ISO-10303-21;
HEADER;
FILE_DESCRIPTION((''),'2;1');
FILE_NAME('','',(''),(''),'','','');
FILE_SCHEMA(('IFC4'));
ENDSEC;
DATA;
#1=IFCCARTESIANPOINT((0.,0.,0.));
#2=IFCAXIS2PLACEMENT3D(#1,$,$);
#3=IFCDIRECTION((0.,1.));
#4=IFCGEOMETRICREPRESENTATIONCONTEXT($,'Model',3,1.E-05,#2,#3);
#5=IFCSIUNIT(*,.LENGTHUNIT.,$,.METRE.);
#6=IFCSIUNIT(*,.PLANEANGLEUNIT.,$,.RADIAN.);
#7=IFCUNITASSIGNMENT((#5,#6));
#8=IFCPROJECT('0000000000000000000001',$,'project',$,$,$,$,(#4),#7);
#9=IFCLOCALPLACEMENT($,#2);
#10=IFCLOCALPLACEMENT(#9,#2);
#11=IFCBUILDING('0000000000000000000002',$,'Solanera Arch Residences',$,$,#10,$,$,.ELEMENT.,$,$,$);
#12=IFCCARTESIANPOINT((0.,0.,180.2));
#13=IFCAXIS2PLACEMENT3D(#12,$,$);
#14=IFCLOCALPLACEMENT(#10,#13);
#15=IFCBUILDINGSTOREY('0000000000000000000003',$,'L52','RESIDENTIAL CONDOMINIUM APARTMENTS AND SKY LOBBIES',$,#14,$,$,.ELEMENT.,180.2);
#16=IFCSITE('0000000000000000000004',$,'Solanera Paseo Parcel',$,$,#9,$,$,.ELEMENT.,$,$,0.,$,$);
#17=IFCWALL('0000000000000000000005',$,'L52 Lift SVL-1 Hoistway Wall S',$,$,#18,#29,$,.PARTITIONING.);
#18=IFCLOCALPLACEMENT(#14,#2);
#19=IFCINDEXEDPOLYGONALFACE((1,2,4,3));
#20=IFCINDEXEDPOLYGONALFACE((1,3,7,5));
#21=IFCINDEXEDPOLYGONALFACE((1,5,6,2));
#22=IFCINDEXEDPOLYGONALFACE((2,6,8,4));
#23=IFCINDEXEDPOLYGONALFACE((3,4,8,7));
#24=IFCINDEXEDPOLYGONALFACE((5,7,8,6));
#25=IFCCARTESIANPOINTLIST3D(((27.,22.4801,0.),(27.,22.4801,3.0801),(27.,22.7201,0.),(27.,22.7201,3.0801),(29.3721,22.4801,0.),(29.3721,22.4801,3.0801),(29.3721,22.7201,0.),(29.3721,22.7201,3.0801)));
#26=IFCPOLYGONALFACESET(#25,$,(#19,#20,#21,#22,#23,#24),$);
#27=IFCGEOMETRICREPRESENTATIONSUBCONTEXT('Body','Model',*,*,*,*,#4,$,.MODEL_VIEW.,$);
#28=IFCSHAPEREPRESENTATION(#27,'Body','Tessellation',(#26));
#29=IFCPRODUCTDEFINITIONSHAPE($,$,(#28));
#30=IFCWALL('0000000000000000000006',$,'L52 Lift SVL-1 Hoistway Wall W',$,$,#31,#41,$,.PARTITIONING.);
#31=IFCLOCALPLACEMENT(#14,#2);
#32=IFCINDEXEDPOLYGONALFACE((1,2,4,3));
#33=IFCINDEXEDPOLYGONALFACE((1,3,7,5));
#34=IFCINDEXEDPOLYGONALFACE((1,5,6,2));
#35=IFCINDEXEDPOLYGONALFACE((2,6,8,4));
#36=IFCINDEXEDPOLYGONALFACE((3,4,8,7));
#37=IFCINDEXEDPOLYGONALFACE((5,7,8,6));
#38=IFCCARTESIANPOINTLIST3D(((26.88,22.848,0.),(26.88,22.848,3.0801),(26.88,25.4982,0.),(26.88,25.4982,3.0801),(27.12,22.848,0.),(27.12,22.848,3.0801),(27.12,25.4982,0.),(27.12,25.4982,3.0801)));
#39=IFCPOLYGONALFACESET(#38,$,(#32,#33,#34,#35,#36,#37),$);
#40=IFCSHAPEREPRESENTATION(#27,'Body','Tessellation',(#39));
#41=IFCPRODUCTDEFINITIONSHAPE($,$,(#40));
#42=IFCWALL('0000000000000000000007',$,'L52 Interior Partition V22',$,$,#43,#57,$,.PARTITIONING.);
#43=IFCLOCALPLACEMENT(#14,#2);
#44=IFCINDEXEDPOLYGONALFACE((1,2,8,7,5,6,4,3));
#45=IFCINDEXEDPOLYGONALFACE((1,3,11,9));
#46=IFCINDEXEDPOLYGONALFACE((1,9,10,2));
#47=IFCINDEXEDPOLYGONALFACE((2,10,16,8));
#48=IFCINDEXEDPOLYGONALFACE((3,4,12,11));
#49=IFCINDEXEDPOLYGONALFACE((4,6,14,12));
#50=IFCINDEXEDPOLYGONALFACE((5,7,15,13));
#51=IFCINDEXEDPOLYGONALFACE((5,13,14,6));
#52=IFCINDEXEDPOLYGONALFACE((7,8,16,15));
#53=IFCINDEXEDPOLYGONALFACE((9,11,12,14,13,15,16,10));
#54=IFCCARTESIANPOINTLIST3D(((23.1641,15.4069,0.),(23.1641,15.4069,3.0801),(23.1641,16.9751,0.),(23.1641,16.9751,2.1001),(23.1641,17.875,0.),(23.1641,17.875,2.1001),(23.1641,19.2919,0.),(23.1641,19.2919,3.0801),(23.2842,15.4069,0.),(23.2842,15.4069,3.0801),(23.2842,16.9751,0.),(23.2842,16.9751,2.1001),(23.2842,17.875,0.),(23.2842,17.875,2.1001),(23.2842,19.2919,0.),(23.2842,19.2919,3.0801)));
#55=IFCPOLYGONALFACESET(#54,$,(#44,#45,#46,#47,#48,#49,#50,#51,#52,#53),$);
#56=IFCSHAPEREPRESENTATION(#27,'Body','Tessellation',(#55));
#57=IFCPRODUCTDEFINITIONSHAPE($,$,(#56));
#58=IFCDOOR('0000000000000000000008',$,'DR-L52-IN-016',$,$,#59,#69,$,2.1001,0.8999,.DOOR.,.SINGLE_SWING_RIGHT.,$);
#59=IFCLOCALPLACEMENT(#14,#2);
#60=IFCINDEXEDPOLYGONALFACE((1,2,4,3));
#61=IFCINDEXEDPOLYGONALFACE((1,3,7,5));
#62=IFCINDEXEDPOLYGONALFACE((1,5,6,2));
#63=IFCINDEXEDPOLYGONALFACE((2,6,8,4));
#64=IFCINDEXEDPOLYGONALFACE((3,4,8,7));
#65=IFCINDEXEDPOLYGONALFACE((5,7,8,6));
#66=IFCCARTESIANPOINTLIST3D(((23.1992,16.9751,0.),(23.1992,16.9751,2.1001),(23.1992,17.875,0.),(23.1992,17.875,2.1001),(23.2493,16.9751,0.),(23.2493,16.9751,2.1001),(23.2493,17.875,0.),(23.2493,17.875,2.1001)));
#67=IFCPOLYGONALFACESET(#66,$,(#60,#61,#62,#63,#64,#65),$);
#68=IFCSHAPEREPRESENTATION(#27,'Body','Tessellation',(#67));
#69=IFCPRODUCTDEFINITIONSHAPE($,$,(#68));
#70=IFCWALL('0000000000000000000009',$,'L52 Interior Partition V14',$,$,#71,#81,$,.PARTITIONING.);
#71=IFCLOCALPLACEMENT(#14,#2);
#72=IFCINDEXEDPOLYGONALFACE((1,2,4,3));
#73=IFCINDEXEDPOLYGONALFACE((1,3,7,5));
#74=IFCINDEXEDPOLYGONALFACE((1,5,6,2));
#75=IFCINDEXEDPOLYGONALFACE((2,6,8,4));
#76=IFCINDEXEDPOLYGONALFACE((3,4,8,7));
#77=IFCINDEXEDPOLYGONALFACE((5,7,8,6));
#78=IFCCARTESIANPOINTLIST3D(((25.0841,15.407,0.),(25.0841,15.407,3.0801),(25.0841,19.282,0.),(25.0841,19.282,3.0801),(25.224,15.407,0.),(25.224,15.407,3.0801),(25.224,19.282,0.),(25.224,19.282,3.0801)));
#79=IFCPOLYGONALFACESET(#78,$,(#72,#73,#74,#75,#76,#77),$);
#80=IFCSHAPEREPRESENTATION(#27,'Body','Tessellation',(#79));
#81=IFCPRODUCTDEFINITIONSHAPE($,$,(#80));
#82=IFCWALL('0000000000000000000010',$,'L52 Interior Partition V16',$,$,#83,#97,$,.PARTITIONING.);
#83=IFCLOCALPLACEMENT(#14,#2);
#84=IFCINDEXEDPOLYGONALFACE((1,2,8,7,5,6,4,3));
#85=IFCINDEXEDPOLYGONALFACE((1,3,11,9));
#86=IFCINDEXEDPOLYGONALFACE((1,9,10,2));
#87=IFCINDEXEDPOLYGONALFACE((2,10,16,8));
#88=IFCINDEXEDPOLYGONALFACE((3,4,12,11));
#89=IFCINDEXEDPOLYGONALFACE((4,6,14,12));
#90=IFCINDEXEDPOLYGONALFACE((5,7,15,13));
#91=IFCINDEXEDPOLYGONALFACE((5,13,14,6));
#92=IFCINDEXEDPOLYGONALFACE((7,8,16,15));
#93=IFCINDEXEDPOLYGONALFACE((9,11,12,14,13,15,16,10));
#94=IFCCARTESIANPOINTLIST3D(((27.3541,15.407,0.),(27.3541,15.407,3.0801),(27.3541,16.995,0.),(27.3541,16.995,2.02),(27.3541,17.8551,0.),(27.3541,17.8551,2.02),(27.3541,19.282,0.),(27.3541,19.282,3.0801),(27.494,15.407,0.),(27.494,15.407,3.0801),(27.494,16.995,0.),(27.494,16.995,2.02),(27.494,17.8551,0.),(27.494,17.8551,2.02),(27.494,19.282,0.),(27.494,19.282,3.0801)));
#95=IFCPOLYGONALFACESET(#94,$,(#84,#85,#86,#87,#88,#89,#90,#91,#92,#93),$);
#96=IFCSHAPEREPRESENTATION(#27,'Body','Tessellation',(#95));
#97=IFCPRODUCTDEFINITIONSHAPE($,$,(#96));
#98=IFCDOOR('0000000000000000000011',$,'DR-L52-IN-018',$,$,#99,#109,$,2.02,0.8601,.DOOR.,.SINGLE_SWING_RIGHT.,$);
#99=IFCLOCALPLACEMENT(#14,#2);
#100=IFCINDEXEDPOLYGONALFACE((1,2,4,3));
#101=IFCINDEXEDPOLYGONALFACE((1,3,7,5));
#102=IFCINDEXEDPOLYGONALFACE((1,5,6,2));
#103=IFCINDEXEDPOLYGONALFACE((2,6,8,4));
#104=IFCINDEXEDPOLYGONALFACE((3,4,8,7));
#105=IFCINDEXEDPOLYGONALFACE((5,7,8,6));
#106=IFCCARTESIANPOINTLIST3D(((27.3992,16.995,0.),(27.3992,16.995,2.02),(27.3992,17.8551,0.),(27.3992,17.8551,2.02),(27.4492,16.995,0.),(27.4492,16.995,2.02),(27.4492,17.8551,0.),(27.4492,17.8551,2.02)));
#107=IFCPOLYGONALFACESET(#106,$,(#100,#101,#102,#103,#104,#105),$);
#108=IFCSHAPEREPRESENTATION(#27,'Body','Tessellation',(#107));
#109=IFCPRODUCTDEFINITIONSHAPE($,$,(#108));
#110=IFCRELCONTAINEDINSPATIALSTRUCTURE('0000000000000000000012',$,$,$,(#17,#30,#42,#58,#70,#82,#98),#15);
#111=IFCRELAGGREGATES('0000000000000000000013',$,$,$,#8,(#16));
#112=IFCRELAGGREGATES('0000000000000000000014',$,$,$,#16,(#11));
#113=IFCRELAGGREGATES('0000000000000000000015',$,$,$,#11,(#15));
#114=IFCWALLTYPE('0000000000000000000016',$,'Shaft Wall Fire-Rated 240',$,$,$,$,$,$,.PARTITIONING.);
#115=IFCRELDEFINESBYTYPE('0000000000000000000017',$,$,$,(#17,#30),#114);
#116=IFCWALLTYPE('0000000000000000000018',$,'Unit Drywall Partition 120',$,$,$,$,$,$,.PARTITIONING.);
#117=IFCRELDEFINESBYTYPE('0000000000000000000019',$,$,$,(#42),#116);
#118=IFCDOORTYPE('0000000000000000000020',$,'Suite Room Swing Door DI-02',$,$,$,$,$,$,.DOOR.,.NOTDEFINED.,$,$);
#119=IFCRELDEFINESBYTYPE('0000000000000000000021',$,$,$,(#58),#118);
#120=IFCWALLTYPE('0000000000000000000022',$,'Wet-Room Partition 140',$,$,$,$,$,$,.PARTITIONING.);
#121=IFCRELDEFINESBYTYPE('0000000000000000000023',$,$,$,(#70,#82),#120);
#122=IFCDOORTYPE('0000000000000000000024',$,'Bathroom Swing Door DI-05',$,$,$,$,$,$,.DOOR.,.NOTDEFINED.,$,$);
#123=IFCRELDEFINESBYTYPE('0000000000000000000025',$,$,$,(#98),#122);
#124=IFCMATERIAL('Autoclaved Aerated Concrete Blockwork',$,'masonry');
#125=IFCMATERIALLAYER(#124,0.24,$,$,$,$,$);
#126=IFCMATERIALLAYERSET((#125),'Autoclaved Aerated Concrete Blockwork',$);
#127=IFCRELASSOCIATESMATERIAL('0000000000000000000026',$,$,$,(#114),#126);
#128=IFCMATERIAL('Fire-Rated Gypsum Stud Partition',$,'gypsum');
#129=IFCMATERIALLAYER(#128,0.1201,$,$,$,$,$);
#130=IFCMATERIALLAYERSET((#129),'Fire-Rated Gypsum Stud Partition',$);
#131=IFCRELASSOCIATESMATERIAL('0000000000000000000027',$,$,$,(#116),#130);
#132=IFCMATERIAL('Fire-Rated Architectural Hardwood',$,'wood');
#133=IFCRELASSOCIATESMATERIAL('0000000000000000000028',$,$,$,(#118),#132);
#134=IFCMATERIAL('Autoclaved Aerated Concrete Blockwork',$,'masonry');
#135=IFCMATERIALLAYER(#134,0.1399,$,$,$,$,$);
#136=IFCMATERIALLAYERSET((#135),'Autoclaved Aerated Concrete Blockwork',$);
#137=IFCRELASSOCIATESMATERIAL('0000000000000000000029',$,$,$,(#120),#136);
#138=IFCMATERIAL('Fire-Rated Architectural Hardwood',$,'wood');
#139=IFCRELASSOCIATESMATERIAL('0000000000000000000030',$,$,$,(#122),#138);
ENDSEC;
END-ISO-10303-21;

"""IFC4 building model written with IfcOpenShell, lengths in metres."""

from ifc_helpers import new_model, si_unit, direction, frame, frame_2d, origin, place, context, subcontext, project, spatial, rectangle, extrude, material, layer, layer_set, type_object, element, fill, save


model = new_model("IFC4")

# Units and contexts
model_context = context("Model", 3, precision=1e-05, world=origin(), true_north=direction((0.0, 1.0)))
body_context = subcontext(model_context, "Body", "Model", "MODEL_VIEW")
ifc_project = project(units=[si_unit("LENGTHUNIT", "METRE"), si_unit("PLANEANGLEUNIT", "RADIAN")], contexts=[model_context])

# Site, building, storey
site_placement = place(None, origin())
site = spatial("IfcSite", under=ifc_project, at=site_placement, Name="Solanera Paseo Parcel", CompositionType="ELEMENT", RefElevation=0.0)
building_placement = place(site_placement, origin())
building = spatial("IfcBuilding", under=site, at=building_placement, Name="Solanera Arch Residences", CompositionType="ELEMENT")
storey_placement = place(building_placement, frame((0.0, 0.0, 180.2)))
storey = spatial("IfcBuildingStorey", under=building, at=storey_placement, Name="L52", Description="RESIDENTIAL CONDOMINIUM APARTMENTS AND SKY LOBBIES", CompositionType="ELEMENT", Elevation=180.2)

# Walls
ifc_material_1 = material(Name="Autoclaved Aerated Concrete Blockwork", Category="masonry")
ifc_layer_1 = layer(ifc_material_1, 0.24)
ifc_layer_set_1 = layer_set([ifc_layer_1], Name="Autoclaved Aerated Concrete Blockwork")
wall_type_1 = type_object("IfcWallType", Name="Shaft Wall Fire-Rated 240", PredefinedType="PARTITIONING", material=ifc_layer_set_1)
wall_1_placement = place(storey_placement, frame((27.0, 22.6001, 0.0), z_axis=(0.0, 0.0, 1.0), x_axis=(1.0, 0.0, 0.0)))
element("IfcWall", 1, at=wall_1_placement, inside=storey, type_object=wall_type_1, Name="L52 Lift SVL-1 Hoistway Wall S", PredefinedType="PARTITIONING", context=body_context, shape_type="SweptSolid", body=[
    extrude(rectangle(XDim=2.3721, YDim=0.24, at=frame_2d((1.186, 0.0))), origin(), (0.0, 0.0, 1.0), 3.0801),
])
wall_2_placement = place(storey_placement, frame((27.0, 22.8479, 0.0), z_axis=(0.0, 0.0, 1.0), x_axis=(0.0, 1.0, 0.0)))
element("IfcWall", 2, at=wall_2_placement, inside=storey, type_object=wall_type_1, Name="L52 Lift SVL-1 Hoistway Wall W", PredefinedType="PARTITIONING", context=body_context, shape_type="SweptSolid", body=[
    extrude(rectangle(XDim=2.6501, YDim=0.24, at=frame_2d((1.3252, 0.0))), origin(), (0.0, 0.0, 1.0), 3.0801),
])

# Wall, opening, door
ifc_material_2 = material(Name="Fire-Rated Gypsum Stud Partition", Category="gypsum")
ifc_layer_2 = layer(ifc_material_2, 0.1201)
ifc_layer_set_2 = layer_set([ifc_layer_2], Name="Fire-Rated Gypsum Stud Partition")
wall_type_2 = type_object("IfcWallType", Name="Unit Drywall Partition 120", PredefinedType="PARTITIONING", material=ifc_layer_set_2)
wall_3_placement = place(storey_placement, frame((23.2241, 15.407, 0.0), z_axis=(0.0, 0.0, 1.0), x_axis=(0.0, 1.0, 0.0)))
wall_3 = element("IfcWall", 3, at=wall_3_placement, inside=storey, type_object=wall_type_2, Name="L52 Interior Partition V22", PredefinedType="PARTITIONING", context=body_context, shape_type="SweptSolid", body=[
    extrude(rectangle(XDim=3.885, YDim=0.1201, at=frame_2d((1.9424, 0.0))), origin(), (0.0, 0.0, 1.0), 3.0801),
])
opening_1_placement = place(wall_3_placement, frame((1.5681, 0.0, 0.0)))
opening_1 = element("IfcOpeningElement", 4, at=opening_1_placement, cuts=wall_3, PredefinedType="OPENING", context=body_context, shape_type="SweptSolid", body=[
    extrude(rectangle(XDim=0.8999, YDim=2.1001, at=frame_2d((0.45, 1.05))), frame((0.0, 0.0701, 0.0), z_axis=(0.0, -1.0, 0.0), x_axis=(1.0, 0.0, 0.0)), (0.0, 0.0, 1.0), 0.1401),
])
ifc_material_3 = material(Name="Fire-Rated Architectural Hardwood", Category="wood")
door_type_1 = type_object("IfcDoorType", Name="Suite Room Swing Door DI-02", OperationType="NOTDEFINED", PredefinedType="DOOR", material=ifc_material_3)
door_1_placement = place(opening_1_placement, origin())
door_1 = element("IfcDoor", 5, at=door_1_placement, inside=storey, type_object=door_type_1, Name="DR-L52-IN-016", OperationType="SINGLE_SWING_RIGHT", OverallHeight=2.1001, OverallWidth=0.8999, PredefinedType="DOOR", context=body_context, shape_type="SweptSolid", body=[
    extrude(rectangle(XDim=0.8999, YDim=2.1001, at=frame_2d((0.45, 1.05))), frame((0.0, 0.0249, 0.0), z_axis=(0.0, -1.0, 0.0), x_axis=(1.0, 0.0, 0.0)), (0.0, 0.0, 1.0), 0.05),
])
fill(opening_1, door_1)

# Wall
ifc_material_4 = material(Name="Autoclaved Aerated Concrete Blockwork", Category="masonry")
ifc_layer_3 = layer(ifc_material_4, 0.1399)
ifc_layer_set_3 = layer_set([ifc_layer_3], Name="Autoclaved Aerated Concrete Blockwork")
wall_type_3 = type_object("IfcWallType", Name="Wet-Room Partition 140", PredefinedType="PARTITIONING", material=ifc_layer_set_3)
wall_4_placement = place(storey_placement, frame((25.1541, 15.407, 0.0), z_axis=(0.0, 0.0, 1.0), x_axis=(0.0, 1.0, 0.0)))
element("IfcWall", 6, at=wall_4_placement, inside=storey, type_object=wall_type_3, Name="L52 Interior Partition V14", PredefinedType="PARTITIONING", context=body_context, shape_type="SweptSolid", body=[
    extrude(rectangle(XDim=3.875, YDim=0.1399, at=frame_2d((1.9375, 0.0))), origin(), (0.0, 0.0, 1.0), 3.0801),
])

# Wall, opening, door
wall_5_placement = place(storey_placement, frame((27.4241, 15.407, 0.0), z_axis=(0.0, 0.0, 1.0), x_axis=(0.0, 1.0, 0.0)))
wall_5 = element("IfcWall", 7, at=wall_5_placement, inside=storey, type_object=wall_type_3, Name="L52 Interior Partition V16", PredefinedType="PARTITIONING", context=body_context, shape_type="SweptSolid", body=[
    extrude(rectangle(XDim=3.875, YDim=0.1399, at=frame_2d((1.9375, 0.0))), origin(), (0.0, 0.0, 1.0), 3.0801),
])
opening_2_placement = place(wall_5_placement, frame((1.5879, 0.0, 0.0)))
opening_2 = element("IfcOpeningElement", 8, at=opening_2_placement, cuts=wall_5, PredefinedType="OPENING", context=body_context, shape_type="SweptSolid", body=[
    extrude(rectangle(XDim=0.8601, YDim=2.02, at=frame_2d((0.4302, 1.01))), frame((0.0, 0.0798, 0.0), z_axis=(0.0, -1.0, 0.0), x_axis=(1.0, 0.0, 0.0)), (0.0, 0.0, 1.0), 0.1599),
])
ifc_material_5 = material(Name="Fire-Rated Architectural Hardwood", Category="wood")
door_type_2 = type_object("IfcDoorType", Name="Bathroom Swing Door DI-05", OperationType="NOTDEFINED", PredefinedType="DOOR", material=ifc_material_5)
door_2_placement = place(opening_2_placement, origin())
door_2 = element("IfcDoor", 9, at=door_2_placement, inside=storey, type_object=door_type_2, Name="DR-L52-IN-018", OperationType="SINGLE_SWING_RIGHT", OverallHeight=2.02, OverallWidth=0.8601, PredefinedType="DOOR", context=body_context, shape_type="SweptSolid", body=[
    extrude(rectangle(XDim=0.8601, YDim=2.02, at=frame_2d((0.4302, 1.01))), frame((0.0, 0.0249, 0.0), z_axis=(0.0, -1.0, 0.0), x_axis=(1.0, 0.0, 0.0)), (0.0, 0.0, 1.0), 0.05),
])
fill(opening_2, door_2)

save(model, "model.ifc")
